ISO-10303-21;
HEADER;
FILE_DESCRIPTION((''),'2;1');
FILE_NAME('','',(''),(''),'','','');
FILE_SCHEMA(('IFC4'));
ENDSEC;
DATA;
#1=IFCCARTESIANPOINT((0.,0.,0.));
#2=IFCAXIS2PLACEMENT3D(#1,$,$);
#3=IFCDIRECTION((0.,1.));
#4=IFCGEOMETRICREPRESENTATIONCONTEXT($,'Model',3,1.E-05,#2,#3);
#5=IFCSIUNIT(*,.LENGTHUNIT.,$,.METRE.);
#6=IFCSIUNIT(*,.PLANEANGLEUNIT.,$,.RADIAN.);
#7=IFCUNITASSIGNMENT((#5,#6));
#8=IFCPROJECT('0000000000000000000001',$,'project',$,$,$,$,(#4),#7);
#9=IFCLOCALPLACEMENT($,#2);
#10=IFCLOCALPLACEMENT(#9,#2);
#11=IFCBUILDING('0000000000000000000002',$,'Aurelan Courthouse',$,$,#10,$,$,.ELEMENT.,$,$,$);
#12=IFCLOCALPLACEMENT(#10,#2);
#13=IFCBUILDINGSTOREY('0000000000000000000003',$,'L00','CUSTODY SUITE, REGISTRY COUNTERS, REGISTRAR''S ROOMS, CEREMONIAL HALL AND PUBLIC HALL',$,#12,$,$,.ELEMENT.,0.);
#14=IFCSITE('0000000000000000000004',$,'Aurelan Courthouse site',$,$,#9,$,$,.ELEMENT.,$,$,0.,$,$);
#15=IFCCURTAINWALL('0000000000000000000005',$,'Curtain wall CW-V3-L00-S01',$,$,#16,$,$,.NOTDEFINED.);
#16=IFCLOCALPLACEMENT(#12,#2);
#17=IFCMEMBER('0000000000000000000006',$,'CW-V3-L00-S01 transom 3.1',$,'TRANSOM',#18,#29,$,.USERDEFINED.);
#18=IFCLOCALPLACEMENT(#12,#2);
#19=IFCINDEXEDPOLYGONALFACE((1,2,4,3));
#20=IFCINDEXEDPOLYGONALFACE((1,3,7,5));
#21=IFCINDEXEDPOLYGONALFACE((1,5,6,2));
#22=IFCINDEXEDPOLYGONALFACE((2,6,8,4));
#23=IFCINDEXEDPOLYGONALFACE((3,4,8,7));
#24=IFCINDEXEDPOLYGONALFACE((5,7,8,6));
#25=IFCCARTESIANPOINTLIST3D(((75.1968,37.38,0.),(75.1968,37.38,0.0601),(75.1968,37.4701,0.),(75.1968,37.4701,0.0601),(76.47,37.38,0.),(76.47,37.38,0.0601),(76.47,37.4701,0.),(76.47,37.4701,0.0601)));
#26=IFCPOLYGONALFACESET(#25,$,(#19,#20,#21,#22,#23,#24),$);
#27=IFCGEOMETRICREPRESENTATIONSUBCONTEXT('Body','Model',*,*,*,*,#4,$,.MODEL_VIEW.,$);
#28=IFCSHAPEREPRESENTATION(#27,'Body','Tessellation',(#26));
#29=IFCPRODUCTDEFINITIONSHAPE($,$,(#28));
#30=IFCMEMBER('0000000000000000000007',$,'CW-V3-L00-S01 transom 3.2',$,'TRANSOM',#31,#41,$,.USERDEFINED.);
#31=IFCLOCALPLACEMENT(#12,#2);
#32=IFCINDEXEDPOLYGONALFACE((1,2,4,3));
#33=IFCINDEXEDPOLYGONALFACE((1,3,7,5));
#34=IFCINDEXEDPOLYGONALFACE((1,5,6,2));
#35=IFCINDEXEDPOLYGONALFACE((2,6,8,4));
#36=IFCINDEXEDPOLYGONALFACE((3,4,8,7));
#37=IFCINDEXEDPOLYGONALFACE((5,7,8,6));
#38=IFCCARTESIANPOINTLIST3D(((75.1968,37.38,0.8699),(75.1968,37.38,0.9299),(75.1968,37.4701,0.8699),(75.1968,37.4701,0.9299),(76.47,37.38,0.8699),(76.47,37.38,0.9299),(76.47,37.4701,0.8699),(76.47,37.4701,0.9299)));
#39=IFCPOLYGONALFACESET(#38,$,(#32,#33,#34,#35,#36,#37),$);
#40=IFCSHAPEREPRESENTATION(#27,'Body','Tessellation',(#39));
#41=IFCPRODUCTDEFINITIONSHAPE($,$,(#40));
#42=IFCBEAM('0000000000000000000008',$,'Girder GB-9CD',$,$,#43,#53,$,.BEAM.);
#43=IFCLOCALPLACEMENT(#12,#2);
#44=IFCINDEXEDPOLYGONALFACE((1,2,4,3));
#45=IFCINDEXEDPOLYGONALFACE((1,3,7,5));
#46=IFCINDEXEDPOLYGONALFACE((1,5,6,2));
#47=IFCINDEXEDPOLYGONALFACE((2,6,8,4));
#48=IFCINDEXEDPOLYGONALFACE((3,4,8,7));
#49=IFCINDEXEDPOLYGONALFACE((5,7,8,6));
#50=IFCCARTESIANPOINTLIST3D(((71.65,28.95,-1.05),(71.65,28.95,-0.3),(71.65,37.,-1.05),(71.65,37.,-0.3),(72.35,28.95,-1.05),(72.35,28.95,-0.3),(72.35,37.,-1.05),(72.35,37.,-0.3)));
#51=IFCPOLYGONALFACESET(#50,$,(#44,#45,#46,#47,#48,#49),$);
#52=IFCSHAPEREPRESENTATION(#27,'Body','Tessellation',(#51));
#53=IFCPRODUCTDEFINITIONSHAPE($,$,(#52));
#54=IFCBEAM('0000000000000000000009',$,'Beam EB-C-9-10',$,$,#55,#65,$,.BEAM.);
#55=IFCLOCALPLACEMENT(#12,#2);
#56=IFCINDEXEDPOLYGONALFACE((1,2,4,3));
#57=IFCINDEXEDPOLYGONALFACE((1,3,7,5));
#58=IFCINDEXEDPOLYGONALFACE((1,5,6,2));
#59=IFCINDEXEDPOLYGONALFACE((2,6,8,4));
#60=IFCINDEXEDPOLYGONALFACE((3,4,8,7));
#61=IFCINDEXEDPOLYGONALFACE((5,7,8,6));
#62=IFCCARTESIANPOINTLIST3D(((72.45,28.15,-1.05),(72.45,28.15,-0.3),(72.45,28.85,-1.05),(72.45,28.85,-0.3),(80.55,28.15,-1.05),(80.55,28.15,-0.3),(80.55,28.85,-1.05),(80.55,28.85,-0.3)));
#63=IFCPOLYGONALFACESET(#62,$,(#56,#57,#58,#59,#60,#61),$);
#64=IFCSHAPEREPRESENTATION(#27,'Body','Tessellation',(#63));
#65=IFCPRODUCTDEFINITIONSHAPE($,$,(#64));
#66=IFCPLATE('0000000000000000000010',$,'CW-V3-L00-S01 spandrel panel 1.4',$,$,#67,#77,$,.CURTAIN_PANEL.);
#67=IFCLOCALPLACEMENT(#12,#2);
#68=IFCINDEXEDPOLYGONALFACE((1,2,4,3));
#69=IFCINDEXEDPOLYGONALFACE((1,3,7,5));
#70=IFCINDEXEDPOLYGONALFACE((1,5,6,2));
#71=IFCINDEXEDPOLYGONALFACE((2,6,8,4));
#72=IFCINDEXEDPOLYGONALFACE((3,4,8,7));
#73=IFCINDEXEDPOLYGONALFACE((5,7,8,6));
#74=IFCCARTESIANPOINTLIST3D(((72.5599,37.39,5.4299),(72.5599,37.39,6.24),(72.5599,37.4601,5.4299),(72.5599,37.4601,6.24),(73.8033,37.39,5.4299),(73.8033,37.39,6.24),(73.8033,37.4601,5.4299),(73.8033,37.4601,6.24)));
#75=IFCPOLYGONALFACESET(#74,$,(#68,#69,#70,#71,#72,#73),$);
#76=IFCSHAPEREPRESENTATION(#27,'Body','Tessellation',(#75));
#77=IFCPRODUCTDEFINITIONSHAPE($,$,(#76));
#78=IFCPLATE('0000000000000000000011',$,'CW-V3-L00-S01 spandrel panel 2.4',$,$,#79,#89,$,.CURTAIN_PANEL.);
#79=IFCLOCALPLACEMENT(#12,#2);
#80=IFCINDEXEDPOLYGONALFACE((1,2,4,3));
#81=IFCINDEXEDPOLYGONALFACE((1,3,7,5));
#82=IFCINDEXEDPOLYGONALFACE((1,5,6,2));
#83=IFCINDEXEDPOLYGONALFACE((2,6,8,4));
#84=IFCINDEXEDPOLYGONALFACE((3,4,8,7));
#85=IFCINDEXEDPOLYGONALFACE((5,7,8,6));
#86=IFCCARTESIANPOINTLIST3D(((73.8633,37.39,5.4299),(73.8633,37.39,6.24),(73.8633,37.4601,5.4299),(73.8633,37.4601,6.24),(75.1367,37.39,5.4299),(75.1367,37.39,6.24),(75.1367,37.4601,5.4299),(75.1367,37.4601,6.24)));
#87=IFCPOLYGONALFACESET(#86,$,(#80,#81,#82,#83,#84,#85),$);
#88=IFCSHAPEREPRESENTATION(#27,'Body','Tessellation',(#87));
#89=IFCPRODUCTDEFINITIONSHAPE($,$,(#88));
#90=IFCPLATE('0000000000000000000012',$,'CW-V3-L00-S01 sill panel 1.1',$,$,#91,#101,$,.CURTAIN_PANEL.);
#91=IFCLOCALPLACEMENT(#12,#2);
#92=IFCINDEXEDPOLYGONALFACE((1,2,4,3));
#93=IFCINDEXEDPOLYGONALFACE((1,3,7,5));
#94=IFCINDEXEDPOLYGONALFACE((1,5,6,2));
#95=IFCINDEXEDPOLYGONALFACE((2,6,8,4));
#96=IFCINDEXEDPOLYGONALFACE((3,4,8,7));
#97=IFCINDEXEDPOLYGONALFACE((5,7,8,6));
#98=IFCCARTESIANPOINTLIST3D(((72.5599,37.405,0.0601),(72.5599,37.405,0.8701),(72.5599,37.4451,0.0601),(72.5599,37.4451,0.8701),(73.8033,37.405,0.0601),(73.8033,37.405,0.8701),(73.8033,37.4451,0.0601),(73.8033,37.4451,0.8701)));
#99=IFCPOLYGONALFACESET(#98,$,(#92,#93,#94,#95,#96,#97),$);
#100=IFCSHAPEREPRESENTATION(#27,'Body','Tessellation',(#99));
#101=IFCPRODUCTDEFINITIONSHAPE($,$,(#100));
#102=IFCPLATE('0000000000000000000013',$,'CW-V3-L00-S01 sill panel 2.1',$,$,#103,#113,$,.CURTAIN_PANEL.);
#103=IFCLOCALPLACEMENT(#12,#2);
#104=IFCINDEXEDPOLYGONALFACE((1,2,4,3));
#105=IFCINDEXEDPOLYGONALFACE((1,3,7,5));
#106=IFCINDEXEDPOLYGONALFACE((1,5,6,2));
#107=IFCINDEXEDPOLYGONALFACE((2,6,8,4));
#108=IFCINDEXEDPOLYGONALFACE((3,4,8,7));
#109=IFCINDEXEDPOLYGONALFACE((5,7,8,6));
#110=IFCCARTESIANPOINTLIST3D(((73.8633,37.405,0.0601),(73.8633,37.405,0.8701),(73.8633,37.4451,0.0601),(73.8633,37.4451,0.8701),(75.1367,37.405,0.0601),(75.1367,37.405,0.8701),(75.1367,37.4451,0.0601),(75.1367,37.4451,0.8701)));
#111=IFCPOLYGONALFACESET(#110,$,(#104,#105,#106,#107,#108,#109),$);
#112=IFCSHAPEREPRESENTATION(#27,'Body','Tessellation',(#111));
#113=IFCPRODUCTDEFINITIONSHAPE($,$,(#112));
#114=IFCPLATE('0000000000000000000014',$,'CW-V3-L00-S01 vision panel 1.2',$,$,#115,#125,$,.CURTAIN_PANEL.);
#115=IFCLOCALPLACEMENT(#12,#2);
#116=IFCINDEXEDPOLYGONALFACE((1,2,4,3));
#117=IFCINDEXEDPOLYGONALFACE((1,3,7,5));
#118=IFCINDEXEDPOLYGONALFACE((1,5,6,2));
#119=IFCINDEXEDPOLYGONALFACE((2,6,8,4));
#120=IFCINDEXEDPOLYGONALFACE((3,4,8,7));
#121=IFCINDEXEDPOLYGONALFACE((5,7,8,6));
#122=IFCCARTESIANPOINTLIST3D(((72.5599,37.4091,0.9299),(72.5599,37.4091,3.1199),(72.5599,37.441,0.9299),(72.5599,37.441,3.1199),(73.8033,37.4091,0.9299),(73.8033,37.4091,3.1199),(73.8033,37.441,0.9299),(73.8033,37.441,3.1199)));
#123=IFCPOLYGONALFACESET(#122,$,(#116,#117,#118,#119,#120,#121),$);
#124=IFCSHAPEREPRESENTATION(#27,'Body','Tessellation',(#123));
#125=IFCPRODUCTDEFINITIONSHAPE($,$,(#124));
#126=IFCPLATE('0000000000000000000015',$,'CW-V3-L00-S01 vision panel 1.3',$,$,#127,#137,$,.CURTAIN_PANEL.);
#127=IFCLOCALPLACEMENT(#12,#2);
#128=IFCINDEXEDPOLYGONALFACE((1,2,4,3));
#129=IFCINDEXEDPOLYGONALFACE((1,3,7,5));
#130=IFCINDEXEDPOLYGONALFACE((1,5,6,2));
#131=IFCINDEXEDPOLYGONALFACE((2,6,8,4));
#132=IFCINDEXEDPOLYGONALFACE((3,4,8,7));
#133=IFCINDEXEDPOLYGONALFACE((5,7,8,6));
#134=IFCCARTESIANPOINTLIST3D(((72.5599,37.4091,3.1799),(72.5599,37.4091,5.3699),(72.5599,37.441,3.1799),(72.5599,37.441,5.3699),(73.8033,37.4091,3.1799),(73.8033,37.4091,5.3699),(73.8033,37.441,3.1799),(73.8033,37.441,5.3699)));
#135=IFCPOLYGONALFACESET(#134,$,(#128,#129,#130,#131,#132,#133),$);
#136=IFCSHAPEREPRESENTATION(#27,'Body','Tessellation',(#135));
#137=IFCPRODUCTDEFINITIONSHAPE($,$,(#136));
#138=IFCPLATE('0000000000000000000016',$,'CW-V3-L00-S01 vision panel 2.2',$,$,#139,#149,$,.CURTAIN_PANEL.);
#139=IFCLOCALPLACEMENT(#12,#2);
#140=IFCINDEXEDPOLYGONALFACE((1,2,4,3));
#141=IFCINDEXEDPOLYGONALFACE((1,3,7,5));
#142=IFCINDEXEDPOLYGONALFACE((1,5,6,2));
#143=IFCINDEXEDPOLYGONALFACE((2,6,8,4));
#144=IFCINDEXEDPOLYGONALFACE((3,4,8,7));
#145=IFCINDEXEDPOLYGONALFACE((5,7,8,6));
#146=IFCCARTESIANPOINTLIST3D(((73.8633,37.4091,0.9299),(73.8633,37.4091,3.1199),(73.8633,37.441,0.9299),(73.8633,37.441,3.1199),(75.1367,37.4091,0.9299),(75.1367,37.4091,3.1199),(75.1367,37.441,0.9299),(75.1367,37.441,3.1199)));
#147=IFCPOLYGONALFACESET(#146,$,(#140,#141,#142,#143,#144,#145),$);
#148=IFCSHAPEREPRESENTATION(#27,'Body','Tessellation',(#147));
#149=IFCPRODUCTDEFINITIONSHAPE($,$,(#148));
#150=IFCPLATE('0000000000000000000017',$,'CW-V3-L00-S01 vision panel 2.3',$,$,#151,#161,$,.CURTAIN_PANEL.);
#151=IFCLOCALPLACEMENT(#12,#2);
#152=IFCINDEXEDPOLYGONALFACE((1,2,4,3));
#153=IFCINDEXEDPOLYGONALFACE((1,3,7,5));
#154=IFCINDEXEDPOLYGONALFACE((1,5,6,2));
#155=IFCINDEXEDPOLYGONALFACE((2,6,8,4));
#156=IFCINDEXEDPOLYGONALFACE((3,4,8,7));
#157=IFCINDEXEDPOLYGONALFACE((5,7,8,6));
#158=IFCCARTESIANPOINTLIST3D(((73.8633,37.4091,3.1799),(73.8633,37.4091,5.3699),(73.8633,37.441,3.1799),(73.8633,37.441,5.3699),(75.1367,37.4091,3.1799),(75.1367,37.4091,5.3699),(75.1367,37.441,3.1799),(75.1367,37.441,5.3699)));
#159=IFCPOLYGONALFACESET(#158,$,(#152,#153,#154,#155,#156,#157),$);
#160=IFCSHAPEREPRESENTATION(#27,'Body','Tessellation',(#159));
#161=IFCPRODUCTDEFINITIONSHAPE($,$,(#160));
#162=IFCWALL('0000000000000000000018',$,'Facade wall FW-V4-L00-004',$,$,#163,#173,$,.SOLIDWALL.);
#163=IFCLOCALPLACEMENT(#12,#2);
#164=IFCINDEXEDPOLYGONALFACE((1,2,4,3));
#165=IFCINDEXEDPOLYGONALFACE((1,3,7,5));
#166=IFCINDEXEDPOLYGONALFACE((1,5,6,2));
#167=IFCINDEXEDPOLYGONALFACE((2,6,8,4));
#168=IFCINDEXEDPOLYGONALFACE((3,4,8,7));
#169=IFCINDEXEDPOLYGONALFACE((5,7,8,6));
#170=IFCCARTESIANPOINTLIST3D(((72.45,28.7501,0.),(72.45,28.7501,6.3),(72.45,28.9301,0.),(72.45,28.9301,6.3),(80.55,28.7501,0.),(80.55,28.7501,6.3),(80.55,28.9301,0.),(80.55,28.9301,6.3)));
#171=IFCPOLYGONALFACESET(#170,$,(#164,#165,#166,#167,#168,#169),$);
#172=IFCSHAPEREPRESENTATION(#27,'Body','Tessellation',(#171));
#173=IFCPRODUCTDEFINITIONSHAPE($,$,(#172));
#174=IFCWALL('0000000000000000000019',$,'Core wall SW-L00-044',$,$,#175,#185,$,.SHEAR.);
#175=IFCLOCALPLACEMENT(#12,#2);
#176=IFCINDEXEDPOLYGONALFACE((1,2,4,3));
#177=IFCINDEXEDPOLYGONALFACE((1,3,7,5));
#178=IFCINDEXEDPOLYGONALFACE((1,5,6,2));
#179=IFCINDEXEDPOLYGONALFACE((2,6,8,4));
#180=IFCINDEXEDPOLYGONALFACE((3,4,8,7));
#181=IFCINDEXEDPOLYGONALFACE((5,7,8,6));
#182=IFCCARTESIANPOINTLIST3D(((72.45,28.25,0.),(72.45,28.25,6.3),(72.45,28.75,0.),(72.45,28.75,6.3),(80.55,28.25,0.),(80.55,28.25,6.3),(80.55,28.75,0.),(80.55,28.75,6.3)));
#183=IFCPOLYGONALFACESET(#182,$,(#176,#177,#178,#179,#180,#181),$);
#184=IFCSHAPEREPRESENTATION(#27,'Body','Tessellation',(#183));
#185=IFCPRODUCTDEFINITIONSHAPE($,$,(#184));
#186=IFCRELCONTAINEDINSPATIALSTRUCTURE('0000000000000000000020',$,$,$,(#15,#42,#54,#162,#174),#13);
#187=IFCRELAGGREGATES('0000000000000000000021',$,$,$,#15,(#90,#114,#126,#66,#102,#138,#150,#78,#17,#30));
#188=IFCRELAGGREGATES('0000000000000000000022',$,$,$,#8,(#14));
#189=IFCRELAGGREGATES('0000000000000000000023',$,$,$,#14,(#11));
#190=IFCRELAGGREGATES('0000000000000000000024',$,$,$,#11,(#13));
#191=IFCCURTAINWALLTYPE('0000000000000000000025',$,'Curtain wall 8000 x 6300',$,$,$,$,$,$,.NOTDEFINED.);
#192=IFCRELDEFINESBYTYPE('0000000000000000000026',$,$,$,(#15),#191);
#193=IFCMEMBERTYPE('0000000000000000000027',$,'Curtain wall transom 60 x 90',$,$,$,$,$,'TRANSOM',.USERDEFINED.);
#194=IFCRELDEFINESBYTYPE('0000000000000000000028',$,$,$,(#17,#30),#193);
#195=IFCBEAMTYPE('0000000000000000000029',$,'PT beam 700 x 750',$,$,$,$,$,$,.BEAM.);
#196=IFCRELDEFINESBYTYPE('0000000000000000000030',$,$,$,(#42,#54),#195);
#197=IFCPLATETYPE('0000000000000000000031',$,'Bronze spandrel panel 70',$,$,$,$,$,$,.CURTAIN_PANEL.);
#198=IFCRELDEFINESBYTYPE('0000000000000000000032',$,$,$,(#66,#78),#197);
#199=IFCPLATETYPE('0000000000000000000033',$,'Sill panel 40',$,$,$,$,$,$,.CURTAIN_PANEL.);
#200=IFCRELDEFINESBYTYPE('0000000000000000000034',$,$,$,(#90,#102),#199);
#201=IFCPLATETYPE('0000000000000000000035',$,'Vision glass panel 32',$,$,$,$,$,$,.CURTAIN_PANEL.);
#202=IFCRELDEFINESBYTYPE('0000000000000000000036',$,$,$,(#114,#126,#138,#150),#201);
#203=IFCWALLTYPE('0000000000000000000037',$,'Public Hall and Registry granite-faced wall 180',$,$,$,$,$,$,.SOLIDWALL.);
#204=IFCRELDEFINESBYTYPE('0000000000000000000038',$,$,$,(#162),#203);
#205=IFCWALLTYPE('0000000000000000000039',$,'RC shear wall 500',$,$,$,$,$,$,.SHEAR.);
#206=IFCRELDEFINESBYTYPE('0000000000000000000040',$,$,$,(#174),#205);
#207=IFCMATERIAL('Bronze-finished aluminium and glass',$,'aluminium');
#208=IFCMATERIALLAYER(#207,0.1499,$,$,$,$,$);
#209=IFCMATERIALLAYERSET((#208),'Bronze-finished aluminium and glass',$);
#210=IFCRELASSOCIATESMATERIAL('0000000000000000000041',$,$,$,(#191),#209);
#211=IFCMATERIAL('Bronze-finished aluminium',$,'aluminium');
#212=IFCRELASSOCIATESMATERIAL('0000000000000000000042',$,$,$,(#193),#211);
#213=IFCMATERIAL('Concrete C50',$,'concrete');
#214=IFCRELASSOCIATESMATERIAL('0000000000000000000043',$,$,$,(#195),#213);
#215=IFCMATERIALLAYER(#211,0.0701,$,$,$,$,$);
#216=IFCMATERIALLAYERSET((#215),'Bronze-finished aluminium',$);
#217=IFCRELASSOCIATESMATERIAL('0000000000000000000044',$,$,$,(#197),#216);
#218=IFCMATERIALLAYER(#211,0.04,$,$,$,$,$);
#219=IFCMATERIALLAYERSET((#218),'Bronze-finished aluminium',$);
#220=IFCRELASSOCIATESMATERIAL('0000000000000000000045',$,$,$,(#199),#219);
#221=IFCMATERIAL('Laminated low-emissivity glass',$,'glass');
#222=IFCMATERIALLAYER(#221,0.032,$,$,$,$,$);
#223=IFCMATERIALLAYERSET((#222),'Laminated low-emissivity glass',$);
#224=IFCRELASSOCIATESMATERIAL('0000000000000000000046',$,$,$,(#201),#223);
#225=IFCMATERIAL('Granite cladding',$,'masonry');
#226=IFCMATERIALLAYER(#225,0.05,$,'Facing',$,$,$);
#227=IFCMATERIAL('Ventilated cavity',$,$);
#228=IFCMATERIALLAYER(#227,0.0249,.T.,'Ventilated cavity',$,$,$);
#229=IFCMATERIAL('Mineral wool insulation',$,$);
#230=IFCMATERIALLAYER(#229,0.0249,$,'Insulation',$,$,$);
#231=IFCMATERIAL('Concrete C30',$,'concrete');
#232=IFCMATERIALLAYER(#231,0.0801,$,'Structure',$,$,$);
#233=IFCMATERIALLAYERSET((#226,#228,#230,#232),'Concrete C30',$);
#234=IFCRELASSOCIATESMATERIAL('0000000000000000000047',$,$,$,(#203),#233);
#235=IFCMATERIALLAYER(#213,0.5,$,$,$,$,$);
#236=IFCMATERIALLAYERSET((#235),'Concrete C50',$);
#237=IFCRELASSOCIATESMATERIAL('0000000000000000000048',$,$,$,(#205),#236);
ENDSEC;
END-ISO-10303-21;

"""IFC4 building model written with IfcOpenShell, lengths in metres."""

from ifc_helpers import new_model, si_unit, direction, frame, frame_2d, origin, origin_2d, place, context, subcontext, project, spatial, rectangle, extrude, material, layer, layer_set, material_profile, profile_set, type_object, element, aggregate, save


model = new_model("IFC4")

# Units and contexts
model_context = context("Model", 3, precision=1e-05, world=origin(), true_north=direction((0.0, 1.0)))
body_context = subcontext(model_context, "Body", "Model", "MODEL_VIEW")
ifc_project = project(units=[si_unit("LENGTHUNIT", "METRE"), si_unit("PLANEANGLEUNIT", "RADIAN")], contexts=[model_context])

# Site, building, storey
site_placement = place(None, origin())
site = spatial("IfcSite", under=ifc_project, at=site_placement, Name="Aurelan Courthouse site", CompositionType="ELEMENT", RefElevation=0.0)
building_placement = place(site_placement, origin())
building = spatial("IfcBuilding", under=site, at=building_placement, Name="Aurelan Courthouse", CompositionType="ELEMENT")
storey_placement = place(building_placement, origin())
storey = spatial("IfcBuildingStorey", under=building, at=storey_placement, Name="L00", Description="CUSTODY SUITE, REGISTRY COUNTERS, REGISTRAR'S ROOMS, CEREMONIAL HALL AND PUBLIC HALL", CompositionType="ELEMENT", Elevation=0.0)

# Shared definitions
ifc_material_1 = material(Name="Concrete C50", Category="concrete")

# Curtain wall, members
ifc_material_2 = material(Name="Bronze-finished aluminium and glass", Category="aluminium")
ifc_layer_1 = layer(ifc_material_2, 0.1499)
ifc_layer_set_1 = layer_set([ifc_layer_1], Name="Bronze-finished aluminium and glass")
curtain_wall_type = type_object("IfcCurtainWallType", Name="Curtain wall 8000 x 6300", PredefinedType="NOTDEFINED", material=ifc_layer_set_1)
curtain_wall_placement = place(storey_placement, origin())
curtain_wall = element("IfcCurtainWall", 1, at=curtain_wall_placement, inside=storey, type_object=curtain_wall_type, Name="Curtain wall CW-V3-L00-S01", PredefinedType="NOTDEFINED")
ifc_material_3 = material(Name="Bronze-finished aluminium", Category="aluminium")
ifc_material_profile_1 = material_profile(ifc_material_3, rectangle(XDim=0.0901, YDim=0.0601, at=origin_2d()), Name="Bronze transom 60 x 90")
ifc_profile_set_1 = profile_set([ifc_material_profile_1], Name="Bronze-finished aluminium")
member_type_1 = type_object("IfcMemberType", Name="Curtain wall transom 60 x 90", ElementType="TRANSOM", PredefinedType="USERDEFINED", material=ifc_profile_set_1)
member_1_placement = place(storey_placement, frame((75.1968, 37.425, 0.03), z_axis=(1.0, 0.0, 0.0), x_axis=(0.0, 1.0, 0.0)))
member_1 = element("IfcMember", 2, at=member_1_placement, type_object=member_type_1, Name="CW-V3-L00-S01 transom 3.1", ObjectType="TRANSOM", PredefinedType="USERDEFINED", context=body_context, shape_type="SweptSolid", body=[
    extrude(rectangle(XDim=0.0901, YDim=0.0601, at=origin_2d()), origin(), (0.0, 0.0, 1.0), 1.2732),
])
member_2_placement = place(storey_placement, frame((75.1968, 37.425, 0.8999), z_axis=(1.0, 0.0, 0.0), x_axis=(0.0, 1.0, 0.0)))
member_2 = element("IfcMember", 3, at=member_2_placement, type_object=member_type_1, Name="CW-V3-L00-S01 transom 3.2", ObjectType="TRANSOM", PredefinedType="USERDEFINED", context=body_context, shape_type="SweptSolid", body=[
    extrude(rectangle(XDim=0.0901, YDim=0.0601, at=origin_2d()), origin(), (0.0, 0.0, 1.0), 1.2732),
])

# Beams
ifc_material_profile_2 = material_profile(ifc_material_1, rectangle(XDim=0.7, YDim=0.75, at=origin_2d()), Name="RC 700 x 750")
ifc_profile_set_2 = profile_set([ifc_material_profile_2], Name="Concrete C50")
beam_type = type_object("IfcBeamType", Name="PT beam 700 x 750", PredefinedType="BEAM", material=ifc_profile_set_2)
beam_1_placement = place(storey_placement, frame((72.0, 28.95, -0.675), z_axis=(0.0, 1.0, 0.0), x_axis=(-1.0, 0.0, 0.0)))
element("IfcBeam", 4, at=beam_1_placement, inside=storey, type_object=beam_type, Name="Girder GB-9CD", PredefinedType="BEAM", context=body_context, shape_type="SweptSolid", body=[
    extrude(rectangle(XDim=0.7, YDim=0.75, at=origin_2d()), origin(), (0.0, 0.0, 1.0), 8.05),
])
beam_2_placement = place(storey_placement, frame((72.45, 28.5, -0.675), z_axis=(1.0, 0.0, 0.0), x_axis=(0.0, 1.0, 0.0)))
element("IfcBeam", 5, at=beam_2_placement, inside=storey, type_object=beam_type, Name="Beam EB-C-9-10", PredefinedType="BEAM", context=body_context, shape_type="SweptSolid", body=[
    extrude(rectangle(XDim=0.7, YDim=0.75, at=origin_2d()), origin(), (0.0, 0.0, 1.0), 8.1001),
])

# Plates
ifc_layer_2 = layer(ifc_material_3, 0.0701)
ifc_layer_set_2 = layer_set([ifc_layer_2], Name="Bronze-finished aluminium")
plate_type_1 = type_object("IfcPlateType", Name="Bronze spandrel panel 70", PredefinedType="CURTAIN_PANEL", material=ifc_layer_set_2)
plate_1_placement = place(storey_placement, frame((73.1816, 37.425, 5.4299), z_axis=(0.0, 0.0, 1.0), x_axis=(1.0, 0.0, 0.0)))
plate_1 = element("IfcPlate", 6, at=plate_1_placement, type_object=plate_type_1, Name="CW-V3-L00-S01 spandrel panel 1.4", PredefinedType="CURTAIN_PANEL", context=body_context, shape_type="SweptSolid", body=[
    extrude(rectangle(XDim=1.2434, YDim=0.0701, at=origin_2d()), origin(), (0.0, 0.0, 1.0), 0.8101),
])
plate_2_placement = place(storey_placement, frame((74.5, 37.425, 5.4299), z_axis=(0.0, 0.0, 1.0), x_axis=(1.0, 0.0, 0.0)))
plate_2 = element("IfcPlate", 7, at=plate_2_placement, type_object=plate_type_1, Name="CW-V3-L00-S01 spandrel panel 2.4", PredefinedType="CURTAIN_PANEL", context=body_context, shape_type="SweptSolid", body=[
    extrude(rectangle(XDim=1.2734, YDim=0.0701, at=origin_2d()), origin(), (0.0, 0.0, 1.0), 0.8101),
])
ifc_layer_3 = layer(ifc_material_3, 0.04)
ifc_layer_set_3 = layer_set([ifc_layer_3], Name="Bronze-finished aluminium")
plate_type_2 = type_object("IfcPlateType", Name="Sill panel 40", PredefinedType="CURTAIN_PANEL", material=ifc_layer_set_3)
plate_3_placement = place(storey_placement, frame((73.1816, 37.425, 0.0601), z_axis=(0.0, 0.0, 1.0), x_axis=(1.0, 0.0, 0.0)))
plate_3 = element("IfcPlate", 8, at=plate_3_placement, type_object=plate_type_2, Name="CW-V3-L00-S01 sill panel 1.1", PredefinedType="CURTAIN_PANEL", context=body_context, shape_type="SweptSolid", body=[
    extrude(rectangle(XDim=1.2434, YDim=0.04, at=origin_2d()), origin(), (0.0, 0.0, 1.0), 0.8101),
])
plate_4_placement = place(storey_placement, frame((74.5, 37.425, 0.0601), z_axis=(0.0, 0.0, 1.0), x_axis=(1.0, 0.0, 0.0)))
plate_4 = element("IfcPlate", 9, at=plate_4_placement, type_object=plate_type_2, Name="CW-V3-L00-S01 sill panel 2.1", PredefinedType="CURTAIN_PANEL", context=body_context, shape_type="SweptSolid", body=[
    extrude(rectangle(XDim=1.2734, YDim=0.04, at=origin_2d()), origin(), (0.0, 0.0, 1.0), 0.8101),
])
ifc_material_4 = material(Name="Laminated low-emissivity glass", Category="glass")
ifc_layer_4 = layer(ifc_material_4, 0.032)
ifc_layer_set_4 = layer_set([ifc_layer_4], Name="Laminated low-emissivity glass")
plate_type_3 = type_object("IfcPlateType", Name="Vision glass panel 32", PredefinedType="CURTAIN_PANEL", material=ifc_layer_set_4)
plate_5_placement = place(storey_placement, frame((73.1816, 37.425, 0.9299), z_axis=(0.0, 0.0, 1.0), x_axis=(1.0, 0.0, 0.0)))
plate_5 = element("IfcPlate", 10, at=plate_5_placement, type_object=plate_type_3, Name="CW-V3-L00-S01 vision panel 1.2", PredefinedType="CURTAIN_PANEL", context=body_context, shape_type="SweptSolid", body=[
    extrude(rectangle(XDim=1.2434, YDim=0.032, at=origin_2d()), origin(), (0.0, 0.0, 1.0), 2.1899),
])
plate_6_placement = place(storey_placement, frame((73.1816, 37.425, 3.1799), z_axis=(0.0, 0.0, 1.0), x_axis=(1.0, 0.0, 0.0)))
plate_6 = element("IfcPlate", 11, at=plate_6_placement, type_object=plate_type_3, Name="CW-V3-L00-S01 vision panel 1.3", PredefinedType="CURTAIN_PANEL", context=body_context, shape_type="SweptSolid", body=[
    extrude(rectangle(XDim=1.2434, YDim=0.032, at=origin_2d()), origin(), (0.0, 0.0, 1.0), 2.1899),
])
plate_7_placement = place(storey_placement, frame((74.5, 37.425, 0.9299), z_axis=(0.0, 0.0, 1.0), x_axis=(1.0, 0.0, 0.0)))
plate_7 = element("IfcPlate", 12, at=plate_7_placement, type_object=plate_type_3, Name="CW-V3-L00-S01 vision panel 2.2", PredefinedType="CURTAIN_PANEL", context=body_context, shape_type="SweptSolid", body=[
    extrude(rectangle(XDim=1.2734, YDim=0.032, at=origin_2d()), origin(), (0.0, 0.0, 1.0), 2.1899),
])
plate_8_placement = place(storey_placement, frame((74.5, 37.425, 3.1799), z_axis=(0.0, 0.0, 1.0), x_axis=(1.0, 0.0, 0.0)))
plate_8 = element("IfcPlate", 13, at=plate_8_placement, type_object=plate_type_3, Name="CW-V3-L00-S01 vision panel 2.3", PredefinedType="CURTAIN_PANEL", context=body_context, shape_type="SweptSolid", body=[
    extrude(rectangle(XDim=1.2734, YDim=0.032, at=origin_2d()), origin(), (0.0, 0.0, 1.0), 2.1899),
])
aggregate(curtain_wall, [plate_3, plate_5, plate_6, plate_1, plate_4, plate_7, plate_8, plate_2, member_1, member_2])

# Walls
ifc_material_5 = material(Name="Granite cladding", Category="masonry")
ifc_layer_5 = layer(ifc_material_5, 0.05, Name="Facing")
ifc_material_6 = material(Name="Ventilated cavity")
ifc_layer_6 = layer(ifc_material_6, 0.0249, ventilated=True, Name="Ventilated cavity")
ifc_material_7 = material(Name="Mineral wool insulation")
ifc_layer_7 = layer(ifc_material_7, 0.0249, Name="Insulation")
ifc_material_8 = material(Name="Concrete C30", Category="concrete")
ifc_layer_8 = layer(ifc_material_8, 0.0801, Name="Structure")
ifc_layer_set_5 = layer_set([ifc_layer_5, ifc_layer_6, ifc_layer_7, ifc_layer_8], Name="Concrete C30")
wall_type_1 = type_object("IfcWallType", Name="Public Hall and Registry granite-faced wall 180", PredefinedType="SOLIDWALL", material=ifc_layer_set_5)
wall_1_placement = place(storey_placement, frame((72.45, 28.8401, 0.0), z_axis=(0.0, 0.0, 1.0), x_axis=(1.0, 0.0, 0.0)))
element("IfcWall", 14, at=wall_1_placement, inside=storey, type_object=wall_type_1, Name="Facade wall FW-V4-L00-004", PredefinedType="SOLIDWALL", context=body_context, shape_type="SweptSolid", body=[
    extrude(rectangle(XDim=8.1001, YDim=0.1799, at=frame_2d((4.05, 0.0))), origin(), (0.0, 0.0, 1.0), 6.3),
])
ifc_layer_9 = layer(ifc_material_1, 0.5)
ifc_layer_set_6 = layer_set([ifc_layer_9], Name="Concrete C50")
wall_type_2 = type_object("IfcWallType", Name="RC shear wall 500", PredefinedType="SHEAR", material=ifc_layer_set_6)
wall_2_placement = place(storey_placement, frame((72.45, 28.5, 0.0), z_axis=(0.0, 0.0, 1.0), x_axis=(1.0, 0.0, 0.0)))
element("IfcWall", 15, at=wall_2_placement, inside=storey, type_object=wall_type_2, Name="Core wall SW-L00-044", PredefinedType="SHEAR", context=body_context, shape_type="SweptSolid", body=[
    extrude(rectangle(XDim=8.1001, YDim=0.5, at=frame_2d((4.05, 0.0))), origin(), (0.0, 0.0, 1.0), 6.3),
])

save(model, "model.ifc")
